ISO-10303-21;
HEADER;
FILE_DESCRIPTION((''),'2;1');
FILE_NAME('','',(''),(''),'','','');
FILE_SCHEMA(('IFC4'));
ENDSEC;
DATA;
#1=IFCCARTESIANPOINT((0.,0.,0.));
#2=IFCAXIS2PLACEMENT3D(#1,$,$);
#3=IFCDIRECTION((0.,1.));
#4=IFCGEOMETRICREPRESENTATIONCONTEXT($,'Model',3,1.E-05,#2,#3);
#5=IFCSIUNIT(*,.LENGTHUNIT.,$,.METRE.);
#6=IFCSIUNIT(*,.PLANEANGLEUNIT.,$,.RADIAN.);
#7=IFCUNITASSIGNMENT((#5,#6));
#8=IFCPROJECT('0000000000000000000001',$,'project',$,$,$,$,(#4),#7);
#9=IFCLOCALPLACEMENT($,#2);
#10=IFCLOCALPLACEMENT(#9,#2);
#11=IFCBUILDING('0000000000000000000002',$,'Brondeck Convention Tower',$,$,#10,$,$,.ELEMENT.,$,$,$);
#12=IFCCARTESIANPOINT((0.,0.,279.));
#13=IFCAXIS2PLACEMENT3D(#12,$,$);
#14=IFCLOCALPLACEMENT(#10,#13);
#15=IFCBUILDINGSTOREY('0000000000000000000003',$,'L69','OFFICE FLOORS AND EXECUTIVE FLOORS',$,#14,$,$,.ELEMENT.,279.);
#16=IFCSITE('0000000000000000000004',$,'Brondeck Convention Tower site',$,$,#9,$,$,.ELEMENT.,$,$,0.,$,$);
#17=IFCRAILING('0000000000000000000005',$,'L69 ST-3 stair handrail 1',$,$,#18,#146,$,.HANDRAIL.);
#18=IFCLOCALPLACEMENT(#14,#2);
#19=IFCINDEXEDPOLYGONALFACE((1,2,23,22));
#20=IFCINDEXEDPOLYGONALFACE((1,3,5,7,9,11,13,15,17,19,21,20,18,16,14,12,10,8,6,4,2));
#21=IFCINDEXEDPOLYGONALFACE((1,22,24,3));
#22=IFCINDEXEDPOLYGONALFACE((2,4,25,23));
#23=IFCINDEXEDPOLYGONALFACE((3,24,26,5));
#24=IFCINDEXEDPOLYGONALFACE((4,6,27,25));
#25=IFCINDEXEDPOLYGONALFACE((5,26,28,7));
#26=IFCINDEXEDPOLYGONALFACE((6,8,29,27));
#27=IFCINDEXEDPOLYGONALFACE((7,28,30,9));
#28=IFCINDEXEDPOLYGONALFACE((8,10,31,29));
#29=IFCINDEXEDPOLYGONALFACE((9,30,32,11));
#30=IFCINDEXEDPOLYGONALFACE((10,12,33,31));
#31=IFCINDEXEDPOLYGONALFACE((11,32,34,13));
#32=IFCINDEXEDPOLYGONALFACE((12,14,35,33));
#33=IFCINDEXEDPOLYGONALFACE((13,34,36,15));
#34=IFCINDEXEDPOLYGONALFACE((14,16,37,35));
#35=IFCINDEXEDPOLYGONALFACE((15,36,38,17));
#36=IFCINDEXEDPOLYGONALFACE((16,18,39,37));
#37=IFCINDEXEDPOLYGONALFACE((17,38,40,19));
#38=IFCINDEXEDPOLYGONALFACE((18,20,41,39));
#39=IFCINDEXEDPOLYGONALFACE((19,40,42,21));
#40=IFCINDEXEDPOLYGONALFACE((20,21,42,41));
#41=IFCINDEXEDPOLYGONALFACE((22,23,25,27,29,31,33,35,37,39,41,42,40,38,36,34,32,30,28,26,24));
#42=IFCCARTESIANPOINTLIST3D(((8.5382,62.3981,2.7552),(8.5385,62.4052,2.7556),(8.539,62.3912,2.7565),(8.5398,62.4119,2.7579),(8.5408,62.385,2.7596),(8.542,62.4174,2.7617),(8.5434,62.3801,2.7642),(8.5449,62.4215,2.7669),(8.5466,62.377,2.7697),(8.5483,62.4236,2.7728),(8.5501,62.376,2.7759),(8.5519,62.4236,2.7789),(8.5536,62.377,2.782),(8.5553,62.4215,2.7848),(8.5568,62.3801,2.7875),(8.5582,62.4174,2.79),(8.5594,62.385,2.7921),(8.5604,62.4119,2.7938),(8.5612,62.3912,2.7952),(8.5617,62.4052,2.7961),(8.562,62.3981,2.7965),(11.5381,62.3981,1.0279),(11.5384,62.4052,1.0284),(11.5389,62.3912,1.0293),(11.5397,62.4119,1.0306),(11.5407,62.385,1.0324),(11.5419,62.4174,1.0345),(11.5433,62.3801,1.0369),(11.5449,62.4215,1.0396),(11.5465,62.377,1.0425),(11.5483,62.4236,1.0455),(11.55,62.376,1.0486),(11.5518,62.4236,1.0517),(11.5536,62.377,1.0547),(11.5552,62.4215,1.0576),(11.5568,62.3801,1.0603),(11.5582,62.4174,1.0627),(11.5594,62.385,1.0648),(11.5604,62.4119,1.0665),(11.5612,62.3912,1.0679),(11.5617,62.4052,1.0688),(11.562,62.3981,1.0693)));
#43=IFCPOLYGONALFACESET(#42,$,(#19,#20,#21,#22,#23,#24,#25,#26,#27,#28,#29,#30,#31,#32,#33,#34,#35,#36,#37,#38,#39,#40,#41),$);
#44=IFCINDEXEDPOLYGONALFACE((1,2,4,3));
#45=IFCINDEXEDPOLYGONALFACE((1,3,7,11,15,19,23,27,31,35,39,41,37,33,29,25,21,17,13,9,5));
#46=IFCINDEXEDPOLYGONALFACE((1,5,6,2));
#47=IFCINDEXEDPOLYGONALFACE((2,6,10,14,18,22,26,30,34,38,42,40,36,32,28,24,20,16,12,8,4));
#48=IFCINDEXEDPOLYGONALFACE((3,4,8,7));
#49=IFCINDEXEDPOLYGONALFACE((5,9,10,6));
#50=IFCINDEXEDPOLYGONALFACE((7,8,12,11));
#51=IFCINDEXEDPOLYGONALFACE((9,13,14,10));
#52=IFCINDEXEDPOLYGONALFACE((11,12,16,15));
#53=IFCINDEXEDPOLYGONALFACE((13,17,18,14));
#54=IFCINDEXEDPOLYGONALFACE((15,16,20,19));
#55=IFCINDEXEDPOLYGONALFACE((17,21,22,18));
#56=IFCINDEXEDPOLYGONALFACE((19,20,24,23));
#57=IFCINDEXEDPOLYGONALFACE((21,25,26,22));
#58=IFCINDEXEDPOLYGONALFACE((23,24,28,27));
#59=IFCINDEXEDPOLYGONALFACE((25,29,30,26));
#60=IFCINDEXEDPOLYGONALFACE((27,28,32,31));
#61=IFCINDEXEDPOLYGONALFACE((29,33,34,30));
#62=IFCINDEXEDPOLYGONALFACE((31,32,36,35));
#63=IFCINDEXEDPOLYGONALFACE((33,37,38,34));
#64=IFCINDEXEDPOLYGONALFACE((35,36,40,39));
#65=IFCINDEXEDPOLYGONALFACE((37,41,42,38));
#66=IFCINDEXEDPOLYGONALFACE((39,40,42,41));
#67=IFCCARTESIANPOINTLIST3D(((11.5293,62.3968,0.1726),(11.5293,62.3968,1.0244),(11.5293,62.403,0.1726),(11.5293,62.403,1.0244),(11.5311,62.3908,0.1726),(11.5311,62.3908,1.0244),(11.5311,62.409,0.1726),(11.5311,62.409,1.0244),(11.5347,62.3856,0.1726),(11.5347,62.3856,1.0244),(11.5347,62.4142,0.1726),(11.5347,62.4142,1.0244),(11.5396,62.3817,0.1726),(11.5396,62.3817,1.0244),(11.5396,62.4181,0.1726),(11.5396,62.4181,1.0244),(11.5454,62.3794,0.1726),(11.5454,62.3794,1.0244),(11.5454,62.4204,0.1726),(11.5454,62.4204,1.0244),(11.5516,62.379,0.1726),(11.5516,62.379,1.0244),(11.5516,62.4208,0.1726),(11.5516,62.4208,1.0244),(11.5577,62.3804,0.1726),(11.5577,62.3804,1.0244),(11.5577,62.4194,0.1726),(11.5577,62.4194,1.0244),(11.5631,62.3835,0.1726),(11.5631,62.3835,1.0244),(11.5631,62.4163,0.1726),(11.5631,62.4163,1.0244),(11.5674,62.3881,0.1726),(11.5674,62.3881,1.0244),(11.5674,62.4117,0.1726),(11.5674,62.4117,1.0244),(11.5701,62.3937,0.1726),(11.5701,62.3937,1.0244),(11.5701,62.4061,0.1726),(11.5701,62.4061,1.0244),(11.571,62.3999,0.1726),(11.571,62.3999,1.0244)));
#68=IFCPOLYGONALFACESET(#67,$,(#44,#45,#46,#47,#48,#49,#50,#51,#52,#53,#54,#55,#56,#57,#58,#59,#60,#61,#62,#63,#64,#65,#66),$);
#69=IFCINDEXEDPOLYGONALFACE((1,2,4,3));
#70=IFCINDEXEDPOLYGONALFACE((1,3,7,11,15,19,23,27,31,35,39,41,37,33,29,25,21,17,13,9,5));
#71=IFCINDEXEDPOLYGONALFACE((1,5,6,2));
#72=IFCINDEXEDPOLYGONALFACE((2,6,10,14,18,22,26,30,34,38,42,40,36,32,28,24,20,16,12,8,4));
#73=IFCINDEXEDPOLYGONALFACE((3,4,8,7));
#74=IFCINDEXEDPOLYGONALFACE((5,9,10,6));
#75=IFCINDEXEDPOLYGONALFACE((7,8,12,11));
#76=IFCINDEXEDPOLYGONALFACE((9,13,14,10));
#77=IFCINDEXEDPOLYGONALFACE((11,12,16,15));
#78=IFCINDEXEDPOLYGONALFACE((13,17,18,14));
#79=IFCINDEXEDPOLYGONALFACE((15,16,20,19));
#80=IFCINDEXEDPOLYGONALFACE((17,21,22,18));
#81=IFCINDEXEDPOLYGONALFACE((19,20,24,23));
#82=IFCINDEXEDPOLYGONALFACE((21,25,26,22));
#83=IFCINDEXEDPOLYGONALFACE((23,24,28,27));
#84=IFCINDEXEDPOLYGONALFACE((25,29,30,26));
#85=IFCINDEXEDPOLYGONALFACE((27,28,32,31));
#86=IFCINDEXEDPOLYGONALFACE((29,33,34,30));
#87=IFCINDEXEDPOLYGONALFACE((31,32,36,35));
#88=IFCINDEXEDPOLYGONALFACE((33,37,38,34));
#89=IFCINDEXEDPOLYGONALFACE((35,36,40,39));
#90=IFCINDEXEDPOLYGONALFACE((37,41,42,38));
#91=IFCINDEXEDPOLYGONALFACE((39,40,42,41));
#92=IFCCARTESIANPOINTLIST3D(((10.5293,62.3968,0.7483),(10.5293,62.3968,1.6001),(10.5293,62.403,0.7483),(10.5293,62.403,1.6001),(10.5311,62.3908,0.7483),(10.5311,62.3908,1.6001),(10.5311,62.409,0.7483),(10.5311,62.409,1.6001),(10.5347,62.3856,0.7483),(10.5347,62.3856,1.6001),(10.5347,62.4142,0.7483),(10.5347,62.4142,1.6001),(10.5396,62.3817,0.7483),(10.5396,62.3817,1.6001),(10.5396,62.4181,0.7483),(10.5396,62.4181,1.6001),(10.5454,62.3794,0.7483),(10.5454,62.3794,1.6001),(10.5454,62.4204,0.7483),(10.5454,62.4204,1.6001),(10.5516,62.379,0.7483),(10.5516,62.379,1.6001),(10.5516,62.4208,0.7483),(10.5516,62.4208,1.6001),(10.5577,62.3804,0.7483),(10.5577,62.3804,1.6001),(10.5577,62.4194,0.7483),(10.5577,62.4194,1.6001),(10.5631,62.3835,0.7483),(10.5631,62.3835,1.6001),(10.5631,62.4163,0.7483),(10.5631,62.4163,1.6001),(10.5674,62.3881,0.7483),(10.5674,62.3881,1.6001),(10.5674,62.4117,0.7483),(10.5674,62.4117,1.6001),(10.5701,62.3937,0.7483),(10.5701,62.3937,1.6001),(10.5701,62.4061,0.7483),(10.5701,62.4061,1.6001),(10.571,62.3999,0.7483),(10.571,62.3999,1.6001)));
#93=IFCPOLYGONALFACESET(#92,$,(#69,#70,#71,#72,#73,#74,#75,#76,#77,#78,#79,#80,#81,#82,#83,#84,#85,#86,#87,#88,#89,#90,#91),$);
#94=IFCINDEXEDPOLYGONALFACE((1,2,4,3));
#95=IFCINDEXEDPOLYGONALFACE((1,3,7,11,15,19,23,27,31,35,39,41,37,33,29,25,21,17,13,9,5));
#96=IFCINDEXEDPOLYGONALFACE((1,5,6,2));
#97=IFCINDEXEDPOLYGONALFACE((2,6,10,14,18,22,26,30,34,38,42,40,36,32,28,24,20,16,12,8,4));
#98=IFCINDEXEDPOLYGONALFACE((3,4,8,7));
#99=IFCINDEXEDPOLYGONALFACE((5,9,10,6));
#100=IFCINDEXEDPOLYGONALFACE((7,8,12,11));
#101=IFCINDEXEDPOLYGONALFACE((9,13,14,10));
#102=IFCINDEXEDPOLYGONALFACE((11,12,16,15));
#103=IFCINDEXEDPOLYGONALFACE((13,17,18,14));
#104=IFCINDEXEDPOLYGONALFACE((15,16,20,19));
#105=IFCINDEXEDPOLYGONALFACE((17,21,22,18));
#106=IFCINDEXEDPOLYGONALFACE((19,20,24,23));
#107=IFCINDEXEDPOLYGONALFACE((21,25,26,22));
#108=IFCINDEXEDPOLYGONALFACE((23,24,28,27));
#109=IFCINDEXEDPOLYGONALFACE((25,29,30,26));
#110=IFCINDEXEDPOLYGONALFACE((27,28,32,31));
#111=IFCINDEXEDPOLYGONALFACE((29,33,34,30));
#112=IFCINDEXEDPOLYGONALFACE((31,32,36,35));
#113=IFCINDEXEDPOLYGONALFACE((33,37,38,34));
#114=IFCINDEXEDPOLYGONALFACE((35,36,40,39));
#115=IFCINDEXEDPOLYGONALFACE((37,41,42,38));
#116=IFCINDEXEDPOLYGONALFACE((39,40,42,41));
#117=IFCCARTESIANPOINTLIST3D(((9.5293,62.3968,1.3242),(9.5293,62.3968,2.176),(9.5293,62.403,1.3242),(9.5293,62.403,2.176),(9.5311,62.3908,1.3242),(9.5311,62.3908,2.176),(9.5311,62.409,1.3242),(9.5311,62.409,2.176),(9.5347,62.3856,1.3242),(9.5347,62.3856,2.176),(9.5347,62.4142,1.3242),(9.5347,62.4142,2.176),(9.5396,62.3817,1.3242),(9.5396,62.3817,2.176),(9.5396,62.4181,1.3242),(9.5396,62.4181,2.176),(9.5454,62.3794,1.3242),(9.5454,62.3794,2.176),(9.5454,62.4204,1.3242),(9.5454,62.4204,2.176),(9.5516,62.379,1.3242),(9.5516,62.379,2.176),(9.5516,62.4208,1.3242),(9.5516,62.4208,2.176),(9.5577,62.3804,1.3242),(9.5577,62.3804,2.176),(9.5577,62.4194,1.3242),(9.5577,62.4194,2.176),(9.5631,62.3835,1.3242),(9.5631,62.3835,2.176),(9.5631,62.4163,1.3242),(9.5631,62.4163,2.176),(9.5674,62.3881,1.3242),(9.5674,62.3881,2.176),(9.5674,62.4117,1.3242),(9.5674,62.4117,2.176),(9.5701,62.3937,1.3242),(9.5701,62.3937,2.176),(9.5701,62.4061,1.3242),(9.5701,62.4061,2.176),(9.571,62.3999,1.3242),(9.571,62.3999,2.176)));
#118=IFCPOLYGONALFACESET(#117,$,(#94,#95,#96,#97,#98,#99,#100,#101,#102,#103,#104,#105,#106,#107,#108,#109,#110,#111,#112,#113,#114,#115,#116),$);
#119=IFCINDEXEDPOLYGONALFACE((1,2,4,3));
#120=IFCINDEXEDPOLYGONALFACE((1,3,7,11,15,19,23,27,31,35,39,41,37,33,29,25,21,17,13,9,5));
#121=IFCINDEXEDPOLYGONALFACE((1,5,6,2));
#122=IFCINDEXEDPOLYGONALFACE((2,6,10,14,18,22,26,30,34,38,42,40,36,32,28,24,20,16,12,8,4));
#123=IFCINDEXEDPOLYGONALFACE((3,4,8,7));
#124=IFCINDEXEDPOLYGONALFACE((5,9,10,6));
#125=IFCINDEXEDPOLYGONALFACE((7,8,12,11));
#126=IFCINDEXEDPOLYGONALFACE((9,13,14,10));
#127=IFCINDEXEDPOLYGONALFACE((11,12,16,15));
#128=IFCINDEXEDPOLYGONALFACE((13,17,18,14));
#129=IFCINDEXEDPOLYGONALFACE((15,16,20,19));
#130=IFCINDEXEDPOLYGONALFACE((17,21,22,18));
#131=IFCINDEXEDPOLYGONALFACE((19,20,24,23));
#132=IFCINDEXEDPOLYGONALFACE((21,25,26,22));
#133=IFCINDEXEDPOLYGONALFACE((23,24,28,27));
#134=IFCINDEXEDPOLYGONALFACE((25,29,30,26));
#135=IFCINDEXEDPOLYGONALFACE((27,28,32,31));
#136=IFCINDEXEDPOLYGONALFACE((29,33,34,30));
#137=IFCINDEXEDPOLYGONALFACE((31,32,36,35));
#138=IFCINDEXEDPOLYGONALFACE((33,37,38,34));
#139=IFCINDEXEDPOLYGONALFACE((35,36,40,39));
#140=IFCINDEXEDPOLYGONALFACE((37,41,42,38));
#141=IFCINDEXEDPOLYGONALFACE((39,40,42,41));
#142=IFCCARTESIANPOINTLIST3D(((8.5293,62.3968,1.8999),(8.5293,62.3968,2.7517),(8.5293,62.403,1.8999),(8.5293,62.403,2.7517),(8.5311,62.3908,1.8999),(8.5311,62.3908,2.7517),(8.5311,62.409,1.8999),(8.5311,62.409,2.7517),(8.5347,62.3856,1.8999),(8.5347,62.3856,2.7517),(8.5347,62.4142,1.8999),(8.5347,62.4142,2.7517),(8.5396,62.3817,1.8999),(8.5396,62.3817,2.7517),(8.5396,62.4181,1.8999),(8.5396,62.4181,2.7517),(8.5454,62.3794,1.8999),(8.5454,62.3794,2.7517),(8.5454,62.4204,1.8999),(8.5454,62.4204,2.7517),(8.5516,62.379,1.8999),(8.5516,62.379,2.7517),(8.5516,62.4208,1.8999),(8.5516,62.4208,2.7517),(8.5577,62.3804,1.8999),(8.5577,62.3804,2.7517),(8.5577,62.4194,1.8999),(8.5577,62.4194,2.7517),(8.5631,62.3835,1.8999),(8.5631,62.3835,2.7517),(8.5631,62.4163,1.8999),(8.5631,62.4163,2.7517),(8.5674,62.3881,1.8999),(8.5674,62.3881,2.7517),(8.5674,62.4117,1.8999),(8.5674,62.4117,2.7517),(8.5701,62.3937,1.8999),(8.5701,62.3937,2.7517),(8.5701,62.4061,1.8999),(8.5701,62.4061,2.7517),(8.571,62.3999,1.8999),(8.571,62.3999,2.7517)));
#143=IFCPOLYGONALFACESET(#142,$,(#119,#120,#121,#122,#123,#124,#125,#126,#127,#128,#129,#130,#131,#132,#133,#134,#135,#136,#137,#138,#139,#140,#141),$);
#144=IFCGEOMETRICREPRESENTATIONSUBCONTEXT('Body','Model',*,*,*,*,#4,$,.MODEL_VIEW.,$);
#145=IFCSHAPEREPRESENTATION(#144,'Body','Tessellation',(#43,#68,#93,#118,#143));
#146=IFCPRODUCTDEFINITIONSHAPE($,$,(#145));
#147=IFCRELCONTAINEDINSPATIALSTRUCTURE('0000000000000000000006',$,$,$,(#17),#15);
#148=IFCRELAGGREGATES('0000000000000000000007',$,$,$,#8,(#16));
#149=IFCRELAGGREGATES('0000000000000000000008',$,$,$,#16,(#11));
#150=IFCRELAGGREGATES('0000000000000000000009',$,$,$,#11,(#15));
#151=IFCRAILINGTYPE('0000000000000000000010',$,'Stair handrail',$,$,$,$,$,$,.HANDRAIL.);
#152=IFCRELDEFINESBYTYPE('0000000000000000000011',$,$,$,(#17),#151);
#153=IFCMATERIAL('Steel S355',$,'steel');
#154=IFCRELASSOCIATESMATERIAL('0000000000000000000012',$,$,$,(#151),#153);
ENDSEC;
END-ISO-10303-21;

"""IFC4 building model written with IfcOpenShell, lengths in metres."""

from ifc_helpers import new_model, si_unit, direction, frame, origin, origin_2d, place, context, subcontext, project, spatial, circle, extrude, material, type_object, element, save


model = new_model("IFC4")

# Units and contexts
model_context = context("Model", 3, precision=1e-05, world=origin(), true_north=direction((0.0, 1.0)))
body_context = subcontext(model_context, "Body", "Model", "MODEL_VIEW")
ifc_project = project(units=[si_unit("LENGTHUNIT", "METRE"), si_unit("PLANEANGLEUNIT", "RADIAN")], contexts=[model_context])

# Site, building, storey
site_placement = place(None, origin())
site = spatial("IfcSite", under=ifc_project, at=site_placement, Name="Brondeck Convention Tower site", CompositionType="ELEMENT", RefElevation=0.0)
building_placement = place(site_placement, origin())
building = spatial("IfcBuilding", under=site, at=building_placement, Name="Brondeck Convention Tower", CompositionType="ELEMENT")
storey_placement = place(building_placement, frame((0.0, 0.0, 279.0)))
storey = spatial("IfcBuildingStorey", under=building, at=storey_placement, Name="L69", Description="OFFICE FLOORS AND EXECUTIVE FLOORS", CompositionType="ELEMENT", Elevation=279.0)

# Railing
ifc_material_1 = material(Name="Steel S355", Category="steel")
railing_type_1 = type_object("IfcRailingType", Name="Stair handrail", PredefinedType="HANDRAIL", material=ifc_material_1)
railing_1_placement = place(storey_placement, frame((11.55, 62.3999, 0.1726)))
element("IfcRailing", 1, at=railing_1_placement, inside=storey, type_object=railing_type_1, Name="L69 ST-3 stair handrail 1", PredefinedType="HANDRAIL", context=body_context, shape_type="SweptSolid", body=[
    extrude(circle(Radius=0.0239, at=origin_2d()), frame((0.0, 0.0, 0.876), z_axis=(-0.86662, 0.0, 0.498969), x_axis=(0.0, -1.0, 0.0)), (0.0, 0.0, 1.0), 3.4617),
    extrude(circle(Radius=0.021, at=origin_2d()), origin(), (0.0, 0.0, 1.0), 0.8518),
    extrude(circle(Radius=0.021, at=origin_2d()), frame((-1.0, 0.0, 0.5757)), (0.0, 0.0, 1.0), 0.8518),
    extrude(circle(Radius=0.021, at=origin_2d()), frame((-2.0, 0.0, 1.1516)), (0.0, 0.0, 1.0), 0.8518),
    extrude(circle(Radius=0.021, at=origin_2d()), frame((-3.0, 0.0, 1.7273)), (0.0, 0.0, 1.0), 0.8518),
])

save(model, "model.ifc")
